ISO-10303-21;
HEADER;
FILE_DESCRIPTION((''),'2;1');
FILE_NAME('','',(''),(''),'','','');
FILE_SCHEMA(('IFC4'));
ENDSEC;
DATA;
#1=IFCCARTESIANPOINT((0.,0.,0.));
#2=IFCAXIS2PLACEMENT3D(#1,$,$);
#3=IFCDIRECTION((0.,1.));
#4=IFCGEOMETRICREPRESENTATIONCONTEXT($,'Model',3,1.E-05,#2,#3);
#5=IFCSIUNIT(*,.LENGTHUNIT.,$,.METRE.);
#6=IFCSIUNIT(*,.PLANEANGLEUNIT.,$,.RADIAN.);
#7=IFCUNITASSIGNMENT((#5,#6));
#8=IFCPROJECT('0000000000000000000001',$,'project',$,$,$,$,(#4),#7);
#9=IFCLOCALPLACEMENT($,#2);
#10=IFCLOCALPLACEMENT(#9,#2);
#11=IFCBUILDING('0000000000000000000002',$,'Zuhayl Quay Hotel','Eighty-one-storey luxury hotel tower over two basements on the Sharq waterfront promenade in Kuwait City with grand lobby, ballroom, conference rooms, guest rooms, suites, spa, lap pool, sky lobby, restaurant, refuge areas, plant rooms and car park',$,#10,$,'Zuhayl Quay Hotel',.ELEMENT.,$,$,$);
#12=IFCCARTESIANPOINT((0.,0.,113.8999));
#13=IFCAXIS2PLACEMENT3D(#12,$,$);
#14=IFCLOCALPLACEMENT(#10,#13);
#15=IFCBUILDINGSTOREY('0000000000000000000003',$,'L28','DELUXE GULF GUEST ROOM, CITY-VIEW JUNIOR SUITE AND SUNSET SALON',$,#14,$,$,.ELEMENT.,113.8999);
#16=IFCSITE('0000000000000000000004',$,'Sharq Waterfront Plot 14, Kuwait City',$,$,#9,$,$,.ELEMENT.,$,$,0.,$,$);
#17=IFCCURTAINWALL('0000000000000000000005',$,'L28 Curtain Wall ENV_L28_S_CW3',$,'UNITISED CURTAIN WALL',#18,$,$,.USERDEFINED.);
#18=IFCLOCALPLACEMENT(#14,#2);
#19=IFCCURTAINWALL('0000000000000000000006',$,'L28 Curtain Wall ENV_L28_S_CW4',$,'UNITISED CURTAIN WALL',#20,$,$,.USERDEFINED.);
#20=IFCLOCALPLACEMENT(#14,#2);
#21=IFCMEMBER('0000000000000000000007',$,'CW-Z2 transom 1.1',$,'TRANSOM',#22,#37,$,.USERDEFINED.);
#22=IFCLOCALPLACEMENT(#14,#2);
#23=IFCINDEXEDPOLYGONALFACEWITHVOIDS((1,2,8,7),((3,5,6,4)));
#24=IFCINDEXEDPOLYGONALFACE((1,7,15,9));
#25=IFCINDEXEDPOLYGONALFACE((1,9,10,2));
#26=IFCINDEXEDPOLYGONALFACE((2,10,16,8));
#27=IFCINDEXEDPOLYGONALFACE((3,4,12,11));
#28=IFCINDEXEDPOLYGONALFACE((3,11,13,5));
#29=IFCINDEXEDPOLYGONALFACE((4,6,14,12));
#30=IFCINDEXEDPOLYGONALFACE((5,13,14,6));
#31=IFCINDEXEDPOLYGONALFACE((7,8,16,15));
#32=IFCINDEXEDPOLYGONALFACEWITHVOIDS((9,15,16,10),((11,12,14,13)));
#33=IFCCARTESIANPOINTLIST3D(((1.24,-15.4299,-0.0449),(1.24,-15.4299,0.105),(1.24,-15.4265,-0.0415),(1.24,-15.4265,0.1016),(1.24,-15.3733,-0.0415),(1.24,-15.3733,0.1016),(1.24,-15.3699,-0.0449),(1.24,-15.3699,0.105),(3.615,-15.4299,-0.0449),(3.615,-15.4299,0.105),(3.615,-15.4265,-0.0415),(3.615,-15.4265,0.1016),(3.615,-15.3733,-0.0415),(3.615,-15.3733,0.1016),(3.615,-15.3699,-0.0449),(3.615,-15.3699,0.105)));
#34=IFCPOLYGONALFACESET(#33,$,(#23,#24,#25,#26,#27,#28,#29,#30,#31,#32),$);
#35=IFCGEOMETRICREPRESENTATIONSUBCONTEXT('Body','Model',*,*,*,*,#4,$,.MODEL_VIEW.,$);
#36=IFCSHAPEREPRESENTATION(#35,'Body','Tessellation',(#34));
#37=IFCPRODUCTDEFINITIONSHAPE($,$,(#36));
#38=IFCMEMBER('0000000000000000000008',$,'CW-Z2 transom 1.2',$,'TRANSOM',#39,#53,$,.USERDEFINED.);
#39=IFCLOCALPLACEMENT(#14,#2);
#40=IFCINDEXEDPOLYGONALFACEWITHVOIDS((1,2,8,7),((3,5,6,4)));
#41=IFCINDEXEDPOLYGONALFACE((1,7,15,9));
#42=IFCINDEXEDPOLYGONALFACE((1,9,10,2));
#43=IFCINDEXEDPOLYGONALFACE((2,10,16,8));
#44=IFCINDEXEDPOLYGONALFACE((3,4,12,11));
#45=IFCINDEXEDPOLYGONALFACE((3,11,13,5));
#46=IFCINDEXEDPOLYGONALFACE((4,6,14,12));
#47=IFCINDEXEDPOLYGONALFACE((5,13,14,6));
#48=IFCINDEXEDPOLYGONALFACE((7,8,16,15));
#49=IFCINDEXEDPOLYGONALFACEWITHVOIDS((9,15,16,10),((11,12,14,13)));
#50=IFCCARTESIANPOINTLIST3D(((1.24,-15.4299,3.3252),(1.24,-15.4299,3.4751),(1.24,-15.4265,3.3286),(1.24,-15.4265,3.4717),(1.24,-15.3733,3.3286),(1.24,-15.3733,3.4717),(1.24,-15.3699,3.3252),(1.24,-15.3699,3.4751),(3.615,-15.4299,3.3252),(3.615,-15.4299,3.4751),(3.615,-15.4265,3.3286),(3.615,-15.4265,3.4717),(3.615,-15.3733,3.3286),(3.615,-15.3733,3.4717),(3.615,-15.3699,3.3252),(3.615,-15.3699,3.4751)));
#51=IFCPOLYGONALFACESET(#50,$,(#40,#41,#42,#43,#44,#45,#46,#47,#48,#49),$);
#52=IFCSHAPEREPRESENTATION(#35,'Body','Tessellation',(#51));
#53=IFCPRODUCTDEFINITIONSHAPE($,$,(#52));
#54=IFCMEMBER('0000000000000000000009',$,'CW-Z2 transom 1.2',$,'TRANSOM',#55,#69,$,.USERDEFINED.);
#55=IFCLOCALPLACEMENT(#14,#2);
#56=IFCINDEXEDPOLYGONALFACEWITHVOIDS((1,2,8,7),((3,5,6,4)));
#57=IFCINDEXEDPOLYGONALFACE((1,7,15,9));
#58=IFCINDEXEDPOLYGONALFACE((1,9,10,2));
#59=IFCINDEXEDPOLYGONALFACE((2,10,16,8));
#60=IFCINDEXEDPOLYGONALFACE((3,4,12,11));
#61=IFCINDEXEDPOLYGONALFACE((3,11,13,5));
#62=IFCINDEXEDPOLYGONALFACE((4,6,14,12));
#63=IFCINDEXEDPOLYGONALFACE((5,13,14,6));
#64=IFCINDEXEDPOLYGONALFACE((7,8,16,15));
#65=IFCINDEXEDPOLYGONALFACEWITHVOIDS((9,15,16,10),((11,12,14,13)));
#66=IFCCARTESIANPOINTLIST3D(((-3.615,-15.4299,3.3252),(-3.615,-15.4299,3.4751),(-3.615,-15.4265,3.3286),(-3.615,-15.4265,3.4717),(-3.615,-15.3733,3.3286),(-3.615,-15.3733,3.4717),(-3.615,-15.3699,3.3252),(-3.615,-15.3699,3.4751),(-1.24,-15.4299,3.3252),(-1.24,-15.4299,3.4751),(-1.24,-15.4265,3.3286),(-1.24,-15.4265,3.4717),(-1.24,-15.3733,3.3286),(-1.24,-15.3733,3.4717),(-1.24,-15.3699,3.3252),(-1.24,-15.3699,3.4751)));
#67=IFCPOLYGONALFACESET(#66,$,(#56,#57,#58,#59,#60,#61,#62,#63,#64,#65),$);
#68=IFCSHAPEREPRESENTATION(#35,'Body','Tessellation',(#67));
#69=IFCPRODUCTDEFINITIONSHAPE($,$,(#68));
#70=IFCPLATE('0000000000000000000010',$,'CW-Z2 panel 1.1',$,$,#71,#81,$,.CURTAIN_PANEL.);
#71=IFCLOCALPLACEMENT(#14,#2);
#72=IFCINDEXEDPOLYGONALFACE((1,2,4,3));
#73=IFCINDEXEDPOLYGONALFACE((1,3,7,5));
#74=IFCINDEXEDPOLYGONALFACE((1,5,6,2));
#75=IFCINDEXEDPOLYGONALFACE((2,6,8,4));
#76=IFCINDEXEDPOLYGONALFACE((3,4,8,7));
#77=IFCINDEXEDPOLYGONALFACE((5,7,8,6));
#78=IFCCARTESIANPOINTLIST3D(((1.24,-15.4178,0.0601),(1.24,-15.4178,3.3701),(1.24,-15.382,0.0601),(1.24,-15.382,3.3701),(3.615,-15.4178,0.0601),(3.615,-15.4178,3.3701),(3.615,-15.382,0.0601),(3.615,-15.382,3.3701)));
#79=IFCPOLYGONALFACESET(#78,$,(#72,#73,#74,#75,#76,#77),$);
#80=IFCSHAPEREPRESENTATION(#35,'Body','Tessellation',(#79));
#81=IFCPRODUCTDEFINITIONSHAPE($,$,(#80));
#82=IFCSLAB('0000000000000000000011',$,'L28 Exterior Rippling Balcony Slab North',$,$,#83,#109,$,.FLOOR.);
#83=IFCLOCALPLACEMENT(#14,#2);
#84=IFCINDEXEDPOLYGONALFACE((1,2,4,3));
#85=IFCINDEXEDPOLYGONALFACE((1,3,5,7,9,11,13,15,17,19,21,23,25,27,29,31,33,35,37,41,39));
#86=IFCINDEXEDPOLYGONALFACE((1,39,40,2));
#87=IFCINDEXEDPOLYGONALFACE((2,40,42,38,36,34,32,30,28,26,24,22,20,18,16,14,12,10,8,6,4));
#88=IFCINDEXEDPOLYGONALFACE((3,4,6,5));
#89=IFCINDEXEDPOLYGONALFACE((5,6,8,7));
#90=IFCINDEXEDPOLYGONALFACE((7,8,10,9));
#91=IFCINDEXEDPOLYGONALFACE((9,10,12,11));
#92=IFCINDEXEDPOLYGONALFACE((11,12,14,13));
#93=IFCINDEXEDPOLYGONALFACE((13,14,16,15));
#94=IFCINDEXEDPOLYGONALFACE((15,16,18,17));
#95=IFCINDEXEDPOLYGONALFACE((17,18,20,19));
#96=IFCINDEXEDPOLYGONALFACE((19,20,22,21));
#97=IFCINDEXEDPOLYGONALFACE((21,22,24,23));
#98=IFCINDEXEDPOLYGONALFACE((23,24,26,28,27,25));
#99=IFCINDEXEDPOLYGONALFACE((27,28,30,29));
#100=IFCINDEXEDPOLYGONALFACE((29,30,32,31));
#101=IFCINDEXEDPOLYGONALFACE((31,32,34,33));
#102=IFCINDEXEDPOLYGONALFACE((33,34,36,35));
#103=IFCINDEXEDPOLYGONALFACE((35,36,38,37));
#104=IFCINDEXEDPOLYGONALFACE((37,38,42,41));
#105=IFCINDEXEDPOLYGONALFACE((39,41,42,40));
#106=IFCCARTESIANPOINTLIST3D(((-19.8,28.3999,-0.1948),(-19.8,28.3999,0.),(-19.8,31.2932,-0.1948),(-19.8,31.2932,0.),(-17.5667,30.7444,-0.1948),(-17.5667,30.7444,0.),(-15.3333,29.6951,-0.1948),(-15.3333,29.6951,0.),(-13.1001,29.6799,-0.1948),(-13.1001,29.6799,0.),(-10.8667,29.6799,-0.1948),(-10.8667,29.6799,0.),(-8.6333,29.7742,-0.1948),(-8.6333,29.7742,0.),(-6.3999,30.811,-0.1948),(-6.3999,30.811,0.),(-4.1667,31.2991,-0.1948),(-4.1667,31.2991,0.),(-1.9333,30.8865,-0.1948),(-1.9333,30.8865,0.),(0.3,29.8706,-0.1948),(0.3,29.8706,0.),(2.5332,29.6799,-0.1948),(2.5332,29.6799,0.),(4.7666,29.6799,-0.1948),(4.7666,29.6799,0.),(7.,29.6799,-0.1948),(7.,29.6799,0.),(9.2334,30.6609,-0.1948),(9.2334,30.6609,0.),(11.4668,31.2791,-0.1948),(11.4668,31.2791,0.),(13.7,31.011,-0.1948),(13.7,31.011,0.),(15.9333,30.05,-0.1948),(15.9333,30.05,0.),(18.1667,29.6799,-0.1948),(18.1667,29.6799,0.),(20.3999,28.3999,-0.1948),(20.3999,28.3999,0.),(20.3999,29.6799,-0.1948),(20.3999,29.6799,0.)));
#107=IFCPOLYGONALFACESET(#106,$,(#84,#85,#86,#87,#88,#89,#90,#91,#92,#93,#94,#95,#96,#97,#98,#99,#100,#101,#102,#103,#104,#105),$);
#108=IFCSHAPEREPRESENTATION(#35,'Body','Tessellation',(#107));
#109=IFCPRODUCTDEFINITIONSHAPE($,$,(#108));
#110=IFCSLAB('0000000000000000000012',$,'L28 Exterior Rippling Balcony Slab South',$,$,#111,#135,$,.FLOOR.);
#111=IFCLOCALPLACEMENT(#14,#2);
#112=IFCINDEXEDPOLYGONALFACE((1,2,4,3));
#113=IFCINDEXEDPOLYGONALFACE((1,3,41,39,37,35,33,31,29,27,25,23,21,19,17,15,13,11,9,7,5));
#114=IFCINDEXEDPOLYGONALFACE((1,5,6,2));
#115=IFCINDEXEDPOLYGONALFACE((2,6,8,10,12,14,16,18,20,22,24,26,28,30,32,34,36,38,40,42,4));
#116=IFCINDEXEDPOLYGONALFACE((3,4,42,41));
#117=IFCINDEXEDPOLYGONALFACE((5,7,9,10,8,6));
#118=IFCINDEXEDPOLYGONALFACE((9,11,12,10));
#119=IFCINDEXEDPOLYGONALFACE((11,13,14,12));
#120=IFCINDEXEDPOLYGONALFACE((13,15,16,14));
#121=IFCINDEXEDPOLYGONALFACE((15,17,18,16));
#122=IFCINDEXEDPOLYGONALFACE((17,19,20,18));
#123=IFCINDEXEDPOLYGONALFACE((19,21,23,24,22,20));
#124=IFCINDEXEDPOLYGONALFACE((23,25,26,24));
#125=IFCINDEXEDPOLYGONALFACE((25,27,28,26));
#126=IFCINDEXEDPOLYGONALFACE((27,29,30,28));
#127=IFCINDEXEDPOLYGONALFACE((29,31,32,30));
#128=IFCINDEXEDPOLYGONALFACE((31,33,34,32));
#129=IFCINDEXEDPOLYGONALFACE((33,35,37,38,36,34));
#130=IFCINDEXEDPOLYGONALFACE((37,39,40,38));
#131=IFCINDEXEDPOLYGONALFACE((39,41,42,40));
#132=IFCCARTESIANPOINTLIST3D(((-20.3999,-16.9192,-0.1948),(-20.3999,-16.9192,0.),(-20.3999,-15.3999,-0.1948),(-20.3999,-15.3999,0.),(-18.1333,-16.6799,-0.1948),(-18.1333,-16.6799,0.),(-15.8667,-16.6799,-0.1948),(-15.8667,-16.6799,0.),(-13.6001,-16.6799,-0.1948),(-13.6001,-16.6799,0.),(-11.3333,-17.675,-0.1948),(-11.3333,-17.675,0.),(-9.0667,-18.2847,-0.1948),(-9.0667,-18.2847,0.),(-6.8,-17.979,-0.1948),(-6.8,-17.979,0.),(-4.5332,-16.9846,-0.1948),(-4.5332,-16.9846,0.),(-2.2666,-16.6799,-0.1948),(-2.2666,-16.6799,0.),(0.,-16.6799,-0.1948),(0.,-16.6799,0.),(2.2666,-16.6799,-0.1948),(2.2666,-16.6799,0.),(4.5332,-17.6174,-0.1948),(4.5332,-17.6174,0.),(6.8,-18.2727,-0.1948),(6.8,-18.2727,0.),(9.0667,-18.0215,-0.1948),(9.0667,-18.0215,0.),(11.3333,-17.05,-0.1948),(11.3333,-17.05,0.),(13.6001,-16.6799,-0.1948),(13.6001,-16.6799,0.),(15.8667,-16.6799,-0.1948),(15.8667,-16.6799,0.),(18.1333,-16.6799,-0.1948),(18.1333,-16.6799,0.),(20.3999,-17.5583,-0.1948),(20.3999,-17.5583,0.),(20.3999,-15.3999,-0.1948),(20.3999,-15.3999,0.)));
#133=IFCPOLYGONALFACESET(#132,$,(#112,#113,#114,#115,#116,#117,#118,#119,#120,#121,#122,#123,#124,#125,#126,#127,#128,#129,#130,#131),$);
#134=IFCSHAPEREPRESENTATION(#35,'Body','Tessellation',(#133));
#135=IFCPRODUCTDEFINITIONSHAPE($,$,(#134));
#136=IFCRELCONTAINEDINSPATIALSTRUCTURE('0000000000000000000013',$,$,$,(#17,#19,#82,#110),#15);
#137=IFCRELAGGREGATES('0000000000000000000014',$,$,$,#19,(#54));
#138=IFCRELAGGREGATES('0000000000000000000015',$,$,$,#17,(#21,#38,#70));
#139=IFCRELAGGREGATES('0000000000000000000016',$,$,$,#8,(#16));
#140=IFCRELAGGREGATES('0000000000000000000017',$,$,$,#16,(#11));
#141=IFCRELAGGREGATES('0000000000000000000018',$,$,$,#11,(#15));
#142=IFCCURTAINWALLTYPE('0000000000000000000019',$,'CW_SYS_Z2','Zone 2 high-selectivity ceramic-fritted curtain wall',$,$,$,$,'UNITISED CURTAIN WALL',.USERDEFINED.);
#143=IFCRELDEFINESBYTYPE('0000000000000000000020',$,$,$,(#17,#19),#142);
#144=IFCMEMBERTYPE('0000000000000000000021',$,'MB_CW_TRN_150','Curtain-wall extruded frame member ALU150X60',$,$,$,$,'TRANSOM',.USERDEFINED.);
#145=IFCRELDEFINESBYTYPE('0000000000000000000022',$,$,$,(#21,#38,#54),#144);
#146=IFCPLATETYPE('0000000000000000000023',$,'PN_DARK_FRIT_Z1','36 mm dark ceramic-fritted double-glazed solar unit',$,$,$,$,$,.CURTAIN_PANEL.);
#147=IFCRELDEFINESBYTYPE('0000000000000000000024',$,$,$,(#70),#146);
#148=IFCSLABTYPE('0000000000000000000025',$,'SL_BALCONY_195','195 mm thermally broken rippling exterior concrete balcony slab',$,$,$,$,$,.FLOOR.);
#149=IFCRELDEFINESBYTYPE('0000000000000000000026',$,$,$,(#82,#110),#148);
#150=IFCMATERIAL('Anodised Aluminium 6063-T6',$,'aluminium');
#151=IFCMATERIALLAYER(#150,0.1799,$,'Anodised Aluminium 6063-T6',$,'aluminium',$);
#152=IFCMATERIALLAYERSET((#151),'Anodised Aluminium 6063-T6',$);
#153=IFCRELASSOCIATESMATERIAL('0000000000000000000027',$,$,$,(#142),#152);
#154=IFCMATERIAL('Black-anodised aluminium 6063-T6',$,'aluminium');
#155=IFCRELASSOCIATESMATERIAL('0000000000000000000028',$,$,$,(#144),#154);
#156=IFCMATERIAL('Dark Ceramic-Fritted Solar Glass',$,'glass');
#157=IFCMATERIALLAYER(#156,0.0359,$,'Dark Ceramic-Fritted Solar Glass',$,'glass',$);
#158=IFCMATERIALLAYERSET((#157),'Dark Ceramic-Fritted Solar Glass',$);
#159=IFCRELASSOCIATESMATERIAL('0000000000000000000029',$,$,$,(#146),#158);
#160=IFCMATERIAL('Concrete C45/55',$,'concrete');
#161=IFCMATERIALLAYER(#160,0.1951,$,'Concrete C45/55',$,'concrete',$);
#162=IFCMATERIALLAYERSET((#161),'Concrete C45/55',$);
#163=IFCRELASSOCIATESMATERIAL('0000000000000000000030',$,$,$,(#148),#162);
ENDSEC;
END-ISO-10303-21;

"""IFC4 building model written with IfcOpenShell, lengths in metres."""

from ifc_helpers import new_model, si_unit, direction, frame, origin, origin_2d, place, context, subcontext, project, spatial, polyline, rectangle, hollow_rectangle, outline, extrude, material, layer, layer_set, material_profile, profile_set, type_object, element, aggregate, save


model = new_model("IFC4")

# Units and contexts
model_context = context("Model", 3, precision=1e-05, world=origin(), true_north=direction((0.0, 1.0)))
body_context = subcontext(model_context, "Body", "Model", "MODEL_VIEW")
ifc_project = project(units=[si_unit("LENGTHUNIT", "METRE"), si_unit("PLANEANGLEUNIT", "RADIAN")], contexts=[model_context])

# Site, building, storey
site_placement = place(None, origin())
site = spatial("IfcSite", under=ifc_project, at=site_placement, Name="Sharq Waterfront Plot 14, Kuwait City", CompositionType="ELEMENT", RefElevation=0.0)
building_placement = place(site_placement, origin())
building = spatial("IfcBuilding", under=site, at=building_placement, Name="Zuhayl Quay Hotel", Description="Eighty-one-storey luxury hotel tower over two basements on the Sharq waterfront promenade in Kuwait City with grand lobby, ballroom, conference rooms, guest rooms, suites, spa, lap pool, sky lobby, restaurant, refuge areas, plant rooms and car park", LongName="Zuhayl Quay Hotel", CompositionType="ELEMENT")
storey_placement = place(building_placement, frame((0.0, 0.0, 113.8999)))
storey = spatial("IfcBuildingStorey", under=building, at=storey_placement, Name="L28", Description="DELUXE GULF GUEST ROOM, CITY-VIEW JUNIOR SUITE AND SUNSET SALON", CompositionType="ELEMENT", Elevation=113.8999)

# Curtain wall
ifc_material_1 = material(Name="Anodised Aluminium 6063-T6", Category="aluminium")
ifc_layer_1 = layer(ifc_material_1, 0.1799, Name="Anodised Aluminium 6063-T6", Category="aluminium")
ifc_layer_set_1 = layer_set([ifc_layer_1], Name="Anodised Aluminium 6063-T6")
curtain_wall_type = type_object("IfcCurtainWallType", Name="CW_SYS_Z2", Description="Zone 2 high-selectivity ceramic-fritted curtain wall", ElementType="UNITISED CURTAIN WALL", PredefinedType="USERDEFINED", material=ifc_layer_set_1)
curtain_wall_1_placement = place(storey_placement, origin())
curtain_wall_1 = element("IfcCurtainWall", 1, at=curtain_wall_1_placement, inside=storey, type_object=curtain_wall_type, Name="L28 Curtain Wall ENV_L28_S_CW3", ObjectType="UNITISED CURTAIN WALL", PredefinedType="USERDEFINED")
ifc_material_2 = material(Name="Black-anodised aluminium 6063-T6", Category="aluminium")

# Curtain wall
curtain_wall_2_placement = place(storey_placement, origin())
curtain_wall_2 = element("IfcCurtainWall", 2, at=curtain_wall_2_placement, inside=storey, type_object=curtain_wall_type, Name="L28 Curtain Wall ENV_L28_S_CW4", ObjectType="UNITISED CURTAIN WALL", PredefinedType="USERDEFINED")

# Members
ifc_material_profile_1 = material_profile(ifc_material_2, hollow_rectangle(XDim=0.0601, YDim=0.1499, WallThickness=0.0034, at=origin_2d()), Name="ALU150X60")
ifc_profile_set_1 = profile_set([ifc_material_profile_1], Name="Black-anodised aluminium 6063-T6")
member_type_1 = type_object("IfcMemberType", Name="MB_CW_TRN_150", Description="Curtain-wall extruded frame member ALU150X60", ElementType="TRANSOM", PredefinedType="USERDEFINED", material=ifc_profile_set_1)
member_1_placement = place(storey_placement, frame((3.615, -15.3999, 0.03), z_axis=(-1.0, 0.0, 0.0), x_axis=(0.0, -1.0, 0.0)))
member_1 = element("IfcMember", 3, at=member_1_placement, type_object=member_type_1, Name="CW-Z2 transom 1.1", ObjectType="TRANSOM", PredefinedType="USERDEFINED", context=body_context, shape_type="SweptSolid", body=[
    extrude(hollow_rectangle(XDim=0.0601, YDim=0.1499, WallThickness=0.0034, at=origin_2d()), origin(), (0.0, 0.0, 1.0), 2.375),
])
member_2_placement = place(storey_placement, frame((3.615, -15.3999, 3.4001), z_axis=(-1.0, 0.0, 0.0), x_axis=(0.0, -1.0, 0.0)))
member_2 = element("IfcMember", 4, at=member_2_placement, type_object=member_type_1, Name="CW-Z2 transom 1.2", ObjectType="TRANSOM", PredefinedType="USERDEFINED", context=body_context, shape_type="SweptSolid", body=[
    extrude(hollow_rectangle(XDim=0.0601, YDim=0.1499, WallThickness=0.0034, at=origin_2d()), origin(), (0.0, 0.0, 1.0), 2.375),
])
member_3_placement = place(storey_placement, frame((-1.24, -15.3999, 3.4001), z_axis=(-1.0, 0.0, 0.0), x_axis=(0.0, -1.0, 0.0)))
member_3 = element("IfcMember", 5, at=member_3_placement, type_object=member_type_1, Name="CW-Z2 transom 1.2", ObjectType="TRANSOM", PredefinedType="USERDEFINED", context=body_context, shape_type="SweptSolid", body=[
    extrude(hollow_rectangle(XDim=0.0601, YDim=0.1499, WallThickness=0.0034, at=origin_2d()), origin(), (0.0, 0.0, 1.0), 2.375),
])
aggregate(curtain_wall_2, [member_3])

# Plate
ifc_material_3 = material(Name="Dark Ceramic-Fritted Solar Glass", Category="glass")
ifc_layer_2 = layer(ifc_material_3, 0.0359, Name="Dark Ceramic-Fritted Solar Glass", Category="glass")
ifc_layer_set_2 = layer_set([ifc_layer_2], Name="Dark Ceramic-Fritted Solar Glass")
plate_type = type_object("IfcPlateType", Name="PN_DARK_FRIT_Z1", Description="36 mm dark ceramic-fritted double-glazed solar unit", PredefinedType="CURTAIN_PANEL", material=ifc_layer_set_2)
plate_placement = place(storey_placement, frame((2.4275, -15.3999, 0.0601), z_axis=(0.0, 0.0, 1.0), x_axis=(-1.0, 0.0, 0.0)))
plate = element("IfcPlate", 6, at=plate_placement, type_object=plate_type, Name="CW-Z2 panel 1.1", PredefinedType="CURTAIN_PANEL", context=body_context, shape_type="SweptSolid", body=[
    extrude(rectangle(XDim=2.375, YDim=0.0359, at=origin_2d()), origin(), (0.0, 0.0, 1.0), 3.3101),
])
aggregate(curtain_wall_1, [member_1, member_2, plate])

# Slabs
ifc_material_4 = material(Name="Concrete C45/55", Category="concrete")
ifc_layer_3 = layer(ifc_material_4, 0.1951, Name="Concrete C45/55", Category="concrete")
ifc_layer_set_3 = layer_set([ifc_layer_3], Name="Concrete C45/55")
slab_type_1 = type_object("IfcSlabType", Name="SL_BALCONY_195", Description="195 mm thermally broken rippling exterior concrete balcony slab", PredefinedType="FLOOR", material=ifc_layer_set_3)
slab_1_placement = place(storey_placement, frame((0.0, 0.0, -0.1948)))
element("IfcSlab", 7, at=slab_1_placement, inside=storey, type_object=slab_type_1, Name="L28 Exterior Rippling Balcony Slab North", PredefinedType="FLOOR", context=body_context, shape_type="SweptSolid", body=[
    extrude(outline(polyline([(-19.8, 28.3999), (20.3999, 28.3999), (20.3999, 29.6799), (18.1667, 29.6799), (15.9333, 30.05), (13.7, 31.011), (11.4668, 31.2791), (9.2334, 30.6609), (7.0, 29.6799), (4.7666, 29.6799), (2.5332, 29.6799), (0.3, 29.8706), (-1.9333, 30.8865), (-4.1667, 31.2991), (-6.3999, 30.811), (-8.6333, 29.7742), (-10.8667, 29.6799), (-13.1001, 29.6799), (-15.3333, 29.6951), (-17.5667, 30.7444), (-19.8, 31.2932), (-19.8, 28.3999)])), origin(), (0.0, 0.0, 1.0), 0.1948),
])
slab_2_placement = place(storey_placement, frame((0.0, 0.0, -0.1948)))
element("IfcSlab", 8, at=slab_2_placement, inside=storey, type_object=slab_type_1, Name="L28 Exterior Rippling Balcony Slab South", PredefinedType="FLOOR", context=body_context, shape_type="SweptSolid", body=[
    extrude(outline(polyline([(-20.3999, -16.9192), (-18.1333, -16.6799), (-15.8667, -16.6799), (-13.6001, -16.6799), (-11.3333, -17.675), (-9.0667, -18.2847), (-6.8, -17.979), (-4.5332, -16.9846), (-2.2666, -16.6799), (0.0, -16.6799), (2.2666, -16.6799), (4.5332, -17.6174), (6.8, -18.2727), (9.0667, -18.0215), (11.3333, -17.05), (13.6001, -16.6799), (15.8667, -16.6799), (18.1333, -16.6799), (20.3999, -17.5583), (20.3999, -15.3999), (-20.3999, -15.3999), (-20.3999, -16.9192)])), origin(), (0.0, 0.0, 1.0), 0.1948),
])

save(model, "model.ifc")
